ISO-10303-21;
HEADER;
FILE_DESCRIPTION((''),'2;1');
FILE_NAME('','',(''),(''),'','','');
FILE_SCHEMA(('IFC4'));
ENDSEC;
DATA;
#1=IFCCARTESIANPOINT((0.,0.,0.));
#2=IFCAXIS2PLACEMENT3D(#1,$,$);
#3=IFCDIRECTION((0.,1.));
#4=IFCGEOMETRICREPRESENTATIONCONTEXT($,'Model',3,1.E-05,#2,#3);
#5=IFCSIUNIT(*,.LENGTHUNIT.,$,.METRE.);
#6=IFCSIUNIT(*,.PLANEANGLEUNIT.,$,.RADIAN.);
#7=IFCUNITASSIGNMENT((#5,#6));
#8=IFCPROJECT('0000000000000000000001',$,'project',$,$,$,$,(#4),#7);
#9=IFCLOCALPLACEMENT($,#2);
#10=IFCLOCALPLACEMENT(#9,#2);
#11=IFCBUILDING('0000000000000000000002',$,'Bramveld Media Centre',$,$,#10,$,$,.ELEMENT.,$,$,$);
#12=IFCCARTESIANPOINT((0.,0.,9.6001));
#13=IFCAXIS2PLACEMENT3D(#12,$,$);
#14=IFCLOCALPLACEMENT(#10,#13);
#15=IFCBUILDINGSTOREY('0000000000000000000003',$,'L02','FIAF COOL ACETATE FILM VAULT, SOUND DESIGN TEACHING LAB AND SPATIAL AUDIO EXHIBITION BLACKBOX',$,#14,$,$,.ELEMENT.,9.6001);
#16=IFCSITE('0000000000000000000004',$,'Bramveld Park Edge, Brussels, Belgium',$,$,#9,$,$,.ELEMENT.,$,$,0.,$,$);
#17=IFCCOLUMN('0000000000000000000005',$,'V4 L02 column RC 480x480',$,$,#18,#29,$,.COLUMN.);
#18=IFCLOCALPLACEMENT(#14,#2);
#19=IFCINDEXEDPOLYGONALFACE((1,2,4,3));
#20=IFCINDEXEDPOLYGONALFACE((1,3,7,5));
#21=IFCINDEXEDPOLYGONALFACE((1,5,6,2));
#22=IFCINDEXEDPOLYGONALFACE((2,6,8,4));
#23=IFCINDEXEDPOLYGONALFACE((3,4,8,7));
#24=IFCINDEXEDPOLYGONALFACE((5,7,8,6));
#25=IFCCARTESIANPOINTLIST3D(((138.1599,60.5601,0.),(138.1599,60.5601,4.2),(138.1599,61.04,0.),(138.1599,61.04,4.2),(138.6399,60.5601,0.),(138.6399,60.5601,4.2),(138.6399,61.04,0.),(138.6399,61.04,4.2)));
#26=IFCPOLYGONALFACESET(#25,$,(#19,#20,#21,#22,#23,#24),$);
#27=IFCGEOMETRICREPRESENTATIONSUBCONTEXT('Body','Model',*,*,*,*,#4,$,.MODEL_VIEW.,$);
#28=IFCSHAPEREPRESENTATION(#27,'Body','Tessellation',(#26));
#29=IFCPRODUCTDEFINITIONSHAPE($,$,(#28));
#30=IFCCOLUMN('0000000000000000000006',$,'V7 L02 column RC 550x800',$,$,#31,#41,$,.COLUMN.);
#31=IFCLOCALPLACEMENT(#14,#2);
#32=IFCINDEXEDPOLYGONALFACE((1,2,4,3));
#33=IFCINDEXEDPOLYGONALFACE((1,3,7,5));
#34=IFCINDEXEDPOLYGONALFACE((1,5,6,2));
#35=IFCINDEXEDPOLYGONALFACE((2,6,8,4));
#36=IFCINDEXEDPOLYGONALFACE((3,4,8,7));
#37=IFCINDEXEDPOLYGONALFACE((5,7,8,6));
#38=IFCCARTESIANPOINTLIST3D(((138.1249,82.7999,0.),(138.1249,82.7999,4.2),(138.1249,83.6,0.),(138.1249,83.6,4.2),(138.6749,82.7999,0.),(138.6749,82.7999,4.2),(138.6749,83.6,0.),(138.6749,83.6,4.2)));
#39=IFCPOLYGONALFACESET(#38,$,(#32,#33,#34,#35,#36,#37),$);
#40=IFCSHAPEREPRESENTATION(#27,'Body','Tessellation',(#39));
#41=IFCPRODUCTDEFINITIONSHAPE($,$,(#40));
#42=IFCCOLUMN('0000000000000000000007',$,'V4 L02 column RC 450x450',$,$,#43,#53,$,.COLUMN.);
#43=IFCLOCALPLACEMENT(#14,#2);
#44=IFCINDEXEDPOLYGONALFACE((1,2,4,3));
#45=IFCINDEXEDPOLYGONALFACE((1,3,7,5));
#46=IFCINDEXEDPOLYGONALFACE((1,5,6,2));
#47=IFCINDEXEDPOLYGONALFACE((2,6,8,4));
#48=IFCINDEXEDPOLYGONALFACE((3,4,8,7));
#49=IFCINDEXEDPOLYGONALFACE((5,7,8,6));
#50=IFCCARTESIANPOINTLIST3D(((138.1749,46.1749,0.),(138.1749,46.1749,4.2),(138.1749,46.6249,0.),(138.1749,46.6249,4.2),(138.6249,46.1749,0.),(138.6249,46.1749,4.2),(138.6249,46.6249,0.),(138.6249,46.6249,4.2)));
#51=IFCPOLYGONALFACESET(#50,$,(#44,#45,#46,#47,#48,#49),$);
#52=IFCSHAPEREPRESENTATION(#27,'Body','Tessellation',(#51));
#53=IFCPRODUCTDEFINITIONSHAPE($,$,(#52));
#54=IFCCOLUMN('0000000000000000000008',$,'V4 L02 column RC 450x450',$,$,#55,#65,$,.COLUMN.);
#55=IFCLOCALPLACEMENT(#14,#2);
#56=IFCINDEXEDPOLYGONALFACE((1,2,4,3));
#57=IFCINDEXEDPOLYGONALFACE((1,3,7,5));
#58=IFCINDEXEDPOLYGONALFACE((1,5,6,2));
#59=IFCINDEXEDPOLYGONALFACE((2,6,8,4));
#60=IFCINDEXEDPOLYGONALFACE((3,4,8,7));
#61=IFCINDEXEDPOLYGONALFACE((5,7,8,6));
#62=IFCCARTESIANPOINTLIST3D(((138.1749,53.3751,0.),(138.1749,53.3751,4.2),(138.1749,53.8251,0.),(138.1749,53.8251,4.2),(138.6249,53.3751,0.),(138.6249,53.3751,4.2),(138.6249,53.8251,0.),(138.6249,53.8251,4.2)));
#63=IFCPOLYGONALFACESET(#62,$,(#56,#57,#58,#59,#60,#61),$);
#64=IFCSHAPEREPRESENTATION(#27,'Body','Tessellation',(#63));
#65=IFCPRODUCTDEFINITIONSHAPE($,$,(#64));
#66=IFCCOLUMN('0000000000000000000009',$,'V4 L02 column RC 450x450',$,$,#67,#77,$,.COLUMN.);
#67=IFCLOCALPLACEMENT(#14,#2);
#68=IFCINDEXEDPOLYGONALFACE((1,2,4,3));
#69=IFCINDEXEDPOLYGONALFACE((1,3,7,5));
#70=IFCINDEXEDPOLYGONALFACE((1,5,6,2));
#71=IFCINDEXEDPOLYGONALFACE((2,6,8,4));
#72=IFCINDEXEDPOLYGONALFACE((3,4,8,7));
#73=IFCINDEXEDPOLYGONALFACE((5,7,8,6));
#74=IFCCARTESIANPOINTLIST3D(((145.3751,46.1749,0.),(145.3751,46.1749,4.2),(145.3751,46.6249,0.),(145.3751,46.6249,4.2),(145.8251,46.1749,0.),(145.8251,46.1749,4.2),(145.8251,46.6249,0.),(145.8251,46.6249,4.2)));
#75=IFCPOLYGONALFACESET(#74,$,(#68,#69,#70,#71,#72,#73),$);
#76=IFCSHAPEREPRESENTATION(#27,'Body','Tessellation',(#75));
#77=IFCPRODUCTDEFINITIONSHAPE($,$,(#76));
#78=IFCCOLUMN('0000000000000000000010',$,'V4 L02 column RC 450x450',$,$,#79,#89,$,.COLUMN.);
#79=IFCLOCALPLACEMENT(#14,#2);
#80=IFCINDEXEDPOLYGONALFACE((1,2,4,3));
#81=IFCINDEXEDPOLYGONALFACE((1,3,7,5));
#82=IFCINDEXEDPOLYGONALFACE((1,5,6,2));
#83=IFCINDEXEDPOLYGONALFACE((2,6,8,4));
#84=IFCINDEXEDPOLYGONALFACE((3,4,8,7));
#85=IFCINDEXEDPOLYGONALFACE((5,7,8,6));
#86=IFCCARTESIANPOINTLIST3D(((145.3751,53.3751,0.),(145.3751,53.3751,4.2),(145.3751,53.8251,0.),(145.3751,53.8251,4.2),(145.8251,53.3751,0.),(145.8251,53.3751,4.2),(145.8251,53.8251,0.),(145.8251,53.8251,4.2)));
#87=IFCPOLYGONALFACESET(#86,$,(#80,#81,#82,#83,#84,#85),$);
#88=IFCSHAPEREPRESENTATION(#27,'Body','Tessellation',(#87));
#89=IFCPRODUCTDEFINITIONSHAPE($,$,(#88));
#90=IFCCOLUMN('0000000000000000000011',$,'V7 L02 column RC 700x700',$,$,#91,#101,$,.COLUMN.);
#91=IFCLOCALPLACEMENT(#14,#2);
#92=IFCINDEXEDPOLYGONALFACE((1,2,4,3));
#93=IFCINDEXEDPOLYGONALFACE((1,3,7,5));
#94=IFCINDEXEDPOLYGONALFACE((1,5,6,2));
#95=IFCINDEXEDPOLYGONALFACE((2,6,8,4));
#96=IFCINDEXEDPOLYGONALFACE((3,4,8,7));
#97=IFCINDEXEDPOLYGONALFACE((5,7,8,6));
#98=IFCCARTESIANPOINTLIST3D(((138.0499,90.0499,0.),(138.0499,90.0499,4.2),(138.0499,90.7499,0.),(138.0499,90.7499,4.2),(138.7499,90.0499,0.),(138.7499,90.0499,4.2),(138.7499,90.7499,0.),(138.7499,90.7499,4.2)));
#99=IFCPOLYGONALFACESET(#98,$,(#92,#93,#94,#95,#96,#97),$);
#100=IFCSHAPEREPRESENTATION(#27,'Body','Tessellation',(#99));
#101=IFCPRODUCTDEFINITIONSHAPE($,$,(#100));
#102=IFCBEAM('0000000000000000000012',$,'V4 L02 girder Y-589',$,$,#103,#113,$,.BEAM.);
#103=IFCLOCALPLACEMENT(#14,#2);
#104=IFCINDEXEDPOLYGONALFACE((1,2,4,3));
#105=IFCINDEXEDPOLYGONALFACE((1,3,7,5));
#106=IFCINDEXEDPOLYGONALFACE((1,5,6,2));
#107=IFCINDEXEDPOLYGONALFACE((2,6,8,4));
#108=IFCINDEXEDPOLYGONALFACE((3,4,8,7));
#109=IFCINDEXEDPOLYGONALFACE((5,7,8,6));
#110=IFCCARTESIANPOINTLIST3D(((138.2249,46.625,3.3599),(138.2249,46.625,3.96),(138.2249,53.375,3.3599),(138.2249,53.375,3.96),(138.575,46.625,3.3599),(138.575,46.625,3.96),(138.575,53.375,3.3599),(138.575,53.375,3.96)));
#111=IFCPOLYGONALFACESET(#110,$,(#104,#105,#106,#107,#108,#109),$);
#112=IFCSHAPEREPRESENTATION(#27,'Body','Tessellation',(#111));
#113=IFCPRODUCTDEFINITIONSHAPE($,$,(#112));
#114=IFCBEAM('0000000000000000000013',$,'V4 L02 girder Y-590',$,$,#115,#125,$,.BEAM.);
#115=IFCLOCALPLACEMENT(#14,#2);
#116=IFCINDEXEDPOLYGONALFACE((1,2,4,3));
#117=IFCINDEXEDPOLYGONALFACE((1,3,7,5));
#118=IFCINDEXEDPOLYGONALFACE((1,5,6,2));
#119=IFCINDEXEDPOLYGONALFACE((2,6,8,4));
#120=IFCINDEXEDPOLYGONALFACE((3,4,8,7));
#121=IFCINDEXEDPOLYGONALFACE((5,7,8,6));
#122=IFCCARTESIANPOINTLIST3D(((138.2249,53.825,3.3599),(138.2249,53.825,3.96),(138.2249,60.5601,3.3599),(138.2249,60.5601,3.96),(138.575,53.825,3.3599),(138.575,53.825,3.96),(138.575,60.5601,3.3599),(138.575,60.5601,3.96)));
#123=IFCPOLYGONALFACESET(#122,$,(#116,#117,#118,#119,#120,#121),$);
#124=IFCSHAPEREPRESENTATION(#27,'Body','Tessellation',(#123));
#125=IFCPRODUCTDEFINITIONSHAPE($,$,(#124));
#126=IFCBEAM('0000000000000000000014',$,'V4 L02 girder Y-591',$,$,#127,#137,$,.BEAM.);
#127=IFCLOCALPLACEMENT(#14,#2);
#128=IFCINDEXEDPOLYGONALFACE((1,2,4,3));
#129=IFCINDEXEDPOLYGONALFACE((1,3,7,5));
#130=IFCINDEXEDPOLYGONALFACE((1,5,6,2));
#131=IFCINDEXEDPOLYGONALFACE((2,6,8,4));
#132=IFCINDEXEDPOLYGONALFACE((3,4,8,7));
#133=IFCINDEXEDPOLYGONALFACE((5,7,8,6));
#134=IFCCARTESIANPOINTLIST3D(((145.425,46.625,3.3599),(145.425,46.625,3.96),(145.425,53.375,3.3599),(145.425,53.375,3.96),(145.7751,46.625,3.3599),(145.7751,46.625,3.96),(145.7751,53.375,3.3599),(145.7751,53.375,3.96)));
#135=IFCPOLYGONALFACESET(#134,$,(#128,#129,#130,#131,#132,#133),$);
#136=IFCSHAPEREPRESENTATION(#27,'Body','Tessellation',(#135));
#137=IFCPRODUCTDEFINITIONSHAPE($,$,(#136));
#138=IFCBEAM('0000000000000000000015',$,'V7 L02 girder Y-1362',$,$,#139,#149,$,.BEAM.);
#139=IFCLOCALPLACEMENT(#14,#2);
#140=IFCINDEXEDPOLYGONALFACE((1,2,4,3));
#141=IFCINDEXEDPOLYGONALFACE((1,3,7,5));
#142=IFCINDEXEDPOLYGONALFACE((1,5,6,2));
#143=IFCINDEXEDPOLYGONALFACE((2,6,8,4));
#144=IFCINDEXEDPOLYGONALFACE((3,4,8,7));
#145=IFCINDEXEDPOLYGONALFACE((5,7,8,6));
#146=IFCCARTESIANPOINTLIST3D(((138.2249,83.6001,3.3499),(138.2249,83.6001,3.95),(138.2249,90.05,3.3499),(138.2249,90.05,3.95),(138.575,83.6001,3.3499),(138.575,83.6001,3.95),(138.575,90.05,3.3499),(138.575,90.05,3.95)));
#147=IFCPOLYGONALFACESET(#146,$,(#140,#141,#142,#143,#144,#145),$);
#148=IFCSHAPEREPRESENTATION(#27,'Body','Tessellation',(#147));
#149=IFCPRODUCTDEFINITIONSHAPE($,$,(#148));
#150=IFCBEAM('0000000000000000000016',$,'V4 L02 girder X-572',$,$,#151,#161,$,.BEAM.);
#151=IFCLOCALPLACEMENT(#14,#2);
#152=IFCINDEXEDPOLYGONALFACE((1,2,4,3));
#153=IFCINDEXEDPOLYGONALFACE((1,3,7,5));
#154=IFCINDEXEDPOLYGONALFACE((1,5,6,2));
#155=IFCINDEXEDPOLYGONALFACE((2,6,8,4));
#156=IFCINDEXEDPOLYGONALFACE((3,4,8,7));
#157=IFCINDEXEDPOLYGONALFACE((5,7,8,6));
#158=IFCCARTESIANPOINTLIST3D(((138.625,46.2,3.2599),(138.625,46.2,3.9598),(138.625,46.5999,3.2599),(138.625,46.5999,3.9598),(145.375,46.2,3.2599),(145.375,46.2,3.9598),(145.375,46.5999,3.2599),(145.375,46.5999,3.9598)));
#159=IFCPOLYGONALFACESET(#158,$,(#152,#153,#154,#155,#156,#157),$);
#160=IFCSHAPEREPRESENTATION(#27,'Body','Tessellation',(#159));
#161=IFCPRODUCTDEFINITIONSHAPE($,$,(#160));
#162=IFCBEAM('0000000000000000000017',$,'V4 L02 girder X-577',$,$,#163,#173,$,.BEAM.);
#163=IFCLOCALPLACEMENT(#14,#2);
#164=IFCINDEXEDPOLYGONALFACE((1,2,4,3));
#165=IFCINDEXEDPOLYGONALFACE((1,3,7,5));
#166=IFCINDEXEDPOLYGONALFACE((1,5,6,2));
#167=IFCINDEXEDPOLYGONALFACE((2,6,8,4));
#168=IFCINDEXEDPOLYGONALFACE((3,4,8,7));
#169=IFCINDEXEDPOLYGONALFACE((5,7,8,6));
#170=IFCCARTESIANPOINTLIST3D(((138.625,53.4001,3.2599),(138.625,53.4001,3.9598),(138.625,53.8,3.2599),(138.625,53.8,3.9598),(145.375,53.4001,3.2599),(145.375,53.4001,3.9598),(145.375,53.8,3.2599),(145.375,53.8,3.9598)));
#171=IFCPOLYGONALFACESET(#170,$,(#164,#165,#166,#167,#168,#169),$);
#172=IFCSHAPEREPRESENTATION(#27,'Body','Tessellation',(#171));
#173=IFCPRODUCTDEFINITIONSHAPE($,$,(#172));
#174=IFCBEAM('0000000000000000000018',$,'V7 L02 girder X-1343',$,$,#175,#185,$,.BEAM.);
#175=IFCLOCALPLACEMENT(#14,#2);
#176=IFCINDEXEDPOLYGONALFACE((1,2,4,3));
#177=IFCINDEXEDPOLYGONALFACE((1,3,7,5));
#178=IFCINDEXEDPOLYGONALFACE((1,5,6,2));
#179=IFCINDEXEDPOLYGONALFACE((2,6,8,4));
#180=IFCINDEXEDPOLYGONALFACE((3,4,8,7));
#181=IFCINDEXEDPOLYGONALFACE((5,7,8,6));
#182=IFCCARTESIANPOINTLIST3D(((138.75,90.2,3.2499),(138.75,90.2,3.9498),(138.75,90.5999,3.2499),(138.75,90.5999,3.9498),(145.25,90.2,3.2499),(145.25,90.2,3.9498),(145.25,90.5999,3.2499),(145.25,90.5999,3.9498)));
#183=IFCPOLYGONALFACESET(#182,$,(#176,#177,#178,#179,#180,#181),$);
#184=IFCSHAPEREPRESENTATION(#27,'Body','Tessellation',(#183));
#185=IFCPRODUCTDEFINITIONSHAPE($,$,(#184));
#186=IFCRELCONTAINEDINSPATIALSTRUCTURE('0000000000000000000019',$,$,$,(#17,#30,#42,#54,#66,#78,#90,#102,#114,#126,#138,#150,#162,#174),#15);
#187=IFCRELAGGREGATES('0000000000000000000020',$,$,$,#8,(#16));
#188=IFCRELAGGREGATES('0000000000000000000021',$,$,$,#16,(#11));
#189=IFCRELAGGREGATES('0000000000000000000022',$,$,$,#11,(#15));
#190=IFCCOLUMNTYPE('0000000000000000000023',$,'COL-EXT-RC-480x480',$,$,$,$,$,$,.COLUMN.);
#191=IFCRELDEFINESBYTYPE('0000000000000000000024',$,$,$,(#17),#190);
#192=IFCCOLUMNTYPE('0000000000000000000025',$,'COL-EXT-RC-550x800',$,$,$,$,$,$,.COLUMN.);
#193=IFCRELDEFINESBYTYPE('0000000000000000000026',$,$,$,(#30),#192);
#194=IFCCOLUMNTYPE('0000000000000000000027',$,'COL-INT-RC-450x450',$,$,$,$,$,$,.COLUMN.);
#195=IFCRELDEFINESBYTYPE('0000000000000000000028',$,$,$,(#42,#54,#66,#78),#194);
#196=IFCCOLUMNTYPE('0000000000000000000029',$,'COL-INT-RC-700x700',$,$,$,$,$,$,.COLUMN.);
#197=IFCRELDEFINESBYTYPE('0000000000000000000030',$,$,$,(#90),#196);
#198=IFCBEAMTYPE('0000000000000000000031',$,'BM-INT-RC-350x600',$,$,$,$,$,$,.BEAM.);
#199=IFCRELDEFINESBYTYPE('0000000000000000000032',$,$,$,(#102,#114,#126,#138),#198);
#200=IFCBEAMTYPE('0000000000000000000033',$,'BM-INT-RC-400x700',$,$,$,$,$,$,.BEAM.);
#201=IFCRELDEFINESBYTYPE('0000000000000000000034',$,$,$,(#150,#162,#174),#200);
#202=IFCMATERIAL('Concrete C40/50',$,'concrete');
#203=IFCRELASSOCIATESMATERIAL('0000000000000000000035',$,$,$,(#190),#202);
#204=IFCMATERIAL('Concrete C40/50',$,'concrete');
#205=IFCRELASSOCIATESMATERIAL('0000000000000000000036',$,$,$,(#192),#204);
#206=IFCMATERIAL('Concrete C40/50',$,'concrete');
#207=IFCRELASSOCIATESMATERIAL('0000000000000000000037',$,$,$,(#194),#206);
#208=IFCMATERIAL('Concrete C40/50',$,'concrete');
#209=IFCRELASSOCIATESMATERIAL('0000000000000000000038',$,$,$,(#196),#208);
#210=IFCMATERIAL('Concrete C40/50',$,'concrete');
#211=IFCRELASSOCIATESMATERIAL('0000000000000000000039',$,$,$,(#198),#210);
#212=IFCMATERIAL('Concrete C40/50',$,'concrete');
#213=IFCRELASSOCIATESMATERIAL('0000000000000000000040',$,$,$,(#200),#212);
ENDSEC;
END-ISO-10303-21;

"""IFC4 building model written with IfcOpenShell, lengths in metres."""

from ifc_helpers import new_model, si_unit, direction, frame, origin, origin_2d, place, context, subcontext, project, spatial, rectangle, extrude, material, material_profile, profile_set, type_object, element, save


model = new_model("IFC4")

# Units and contexts
model_context = context("Model", 3, precision=1e-05, world=origin(), true_north=direction((0.0, 1.0)))
body_context = subcontext(model_context, "Body", "Model", "MODEL_VIEW")
ifc_project = project(units=[si_unit("LENGTHUNIT", "METRE"), si_unit("PLANEANGLEUNIT", "RADIAN")], contexts=[model_context])

# Site, building, storey
site_placement = place(None, origin())
site = spatial("IfcSite", under=ifc_project, at=site_placement, Name="Bramveld Park Edge, Brussels, Belgium", CompositionType="ELEMENT", RefElevation=0.0)
building_placement = place(site_placement, origin())
building = spatial("IfcBuilding", under=site, at=building_placement, Name="Bramveld Media Centre", CompositionType="ELEMENT")
storey_placement = place(building_placement, frame((0.0, 0.0, 9.6001)))
storey = spatial("IfcBuildingStorey", under=building, at=storey_placement, Name="L02", Description="FIAF COOL ACETATE FILM VAULT, SOUND DESIGN TEACHING LAB AND SPATIAL AUDIO EXHIBITION BLACKBOX", CompositionType="ELEMENT", Elevation=9.6001)

# Columns
ifc_material_1 = material(Name="Concrete C40/50", Category="concrete")
ifc_material_profile_1 = material_profile(ifc_material_1, rectangle(XDim=0.48, YDim=0.48, at=origin_2d()), Name="RC 480x480")
ifc_profile_set_1 = profile_set([ifc_material_profile_1], Name="Concrete C40/50")
column_type_1 = type_object("IfcColumnType", Name="COL-EXT-RC-480x480", PredefinedType="COLUMN", material=ifc_profile_set_1)
column_1_placement = place(storey_placement, frame((138.3999, 60.8, 0.0), z_axis=(0.0, 0.0, 1.0), x_axis=(1.0, 0.0, 0.0)))
element("IfcColumn", 1, at=column_1_placement, inside=storey, type_object=column_type_1, Name="V4 L02 column RC 480x480", PredefinedType="COLUMN", context=body_context, shape_type="SweptSolid", body=[
    extrude(rectangle(XDim=0.48, YDim=0.48, at=origin_2d()), origin(), (0.0, 0.0, 1.0), 4.2),
])
ifc_material_2 = material(Name="Concrete C40/50", Category="concrete")
ifc_material_profile_2 = material_profile(ifc_material_2, rectangle(XDim=0.55, YDim=0.8, at=origin_2d()), Name="RC 550x800")
ifc_profile_set_2 = profile_set([ifc_material_profile_2], Name="Concrete C40/50")
column_type_2 = type_object("IfcColumnType", Name="COL-EXT-RC-550x800", PredefinedType="COLUMN", material=ifc_profile_set_2)
column_2_placement = place(storey_placement, frame((138.3999, 83.2, 0.0), z_axis=(0.0, 0.0, 1.0), x_axis=(1.0, 0.0, 0.0)))
element("IfcColumn", 2, at=column_2_placement, inside=storey, type_object=column_type_2, Name="V7 L02 column RC 550x800", PredefinedType="COLUMN", context=body_context, shape_type="SweptSolid", body=[
    extrude(rectangle(XDim=0.55, YDim=0.8, at=origin_2d()), origin(), (0.0, 0.0, 1.0), 4.2),
])
ifc_material_3 = material(Name="Concrete C40/50", Category="concrete")
ifc_material_profile_3 = material_profile(ifc_material_3, rectangle(XDim=0.45, YDim=0.45, at=origin_2d()), Name="RC 450x450")
ifc_profile_set_3 = profile_set([ifc_material_profile_3], Name="Concrete C40/50")
column_type_3 = type_object("IfcColumnType", Name="COL-INT-RC-450x450", PredefinedType="COLUMN", material=ifc_profile_set_3)
for number, where, z_axis, x_axis, name in (
    (3, (138.3999, 46.3999, 0.0), (0.0, 0.0, 1.0), (1.0, 0.0, 0.0), "V4 L02 column RC 450x450"),
    (4, (138.3999, 53.6001, 0.0), (0.0, 0.0, 1.0), (1.0, 0.0, 0.0), "V4 L02 column RC 450x450"),
    (5, (145.6001, 46.3999, 0.0), (0.0, 0.0, 1.0), (1.0, 0.0, 0.0), "V4 L02 column RC 450x450"),
    (6, (145.6001, 53.6001, 0.0), (0.0, 0.0, 1.0), (1.0, 0.0, 0.0), "V4 L02 column RC 450x450"),
):
    element("IfcColumn", number, at=place(storey_placement, frame(where, z_axis=z_axis, x_axis=x_axis)), inside=storey, type_object=column_type_3, Name=name, PredefinedType="COLUMN", context=body_context, shape_type="SweptSolid", body=[
        extrude(rectangle(XDim=0.45, YDim=0.45, at=origin_2d()), origin(), (0.0, 0.0, 1.0), 4.2),
    ])
ifc_material_4 = material(Name="Concrete C40/50", Category="concrete")
ifc_material_profile_4 = material_profile(ifc_material_4, rectangle(XDim=0.7, YDim=0.7, at=origin_2d()), Name="RC 700x700")
ifc_profile_set_4 = profile_set([ifc_material_profile_4], Name="Concrete C40/50")
column_type_4 = type_object("IfcColumnType", Name="COL-INT-RC-700x700", PredefinedType="COLUMN", material=ifc_profile_set_4)
column_3_placement = place(storey_placement, frame((138.3999, 90.3999, 0.0), z_axis=(0.0, 0.0, 1.0), x_axis=(1.0, 0.0, 0.0)))
element("IfcColumn", 7, at=column_3_placement, inside=storey, type_object=column_type_4, Name="V7 L02 column RC 700x700", PredefinedType="COLUMN", context=body_context, shape_type="SweptSolid", body=[
    extrude(rectangle(XDim=0.7, YDim=0.7, at=origin_2d()), origin(), (0.0, 0.0, 1.0), 4.2),
])

# Beams
ifc_material_5 = material(Name="Concrete C40/50", Category="concrete")
ifc_material_profile_5 = material_profile(ifc_material_5, rectangle(XDim=0.3501, YDim=0.6001, at=origin_2d()), Name="RC 350x600")
ifc_profile_set_5 = profile_set([ifc_material_profile_5], Name="Concrete C40/50")
beam_type_1 = type_object("IfcBeamType", Name="BM-INT-RC-350x600", PredefinedType="BEAM", material=ifc_profile_set_5)
beam_1_placement = place(storey_placement, frame((138.3999, 46.625, 3.6599), z_axis=(0.0, 1.0, 0.0), x_axis=(-1.0, 0.0, 0.0)))
element("IfcBeam", 8, at=beam_1_placement, inside=storey, type_object=beam_type_1, Name="V4 L02 girder Y-589", PredefinedType="BEAM", context=body_context, shape_type="SweptSolid", body=[
    extrude(rectangle(XDim=0.3501, YDim=0.6001, at=origin_2d()), origin(), (0.0, 0.0, 1.0), 6.75),
])
beam_2_placement = place(storey_placement, frame((138.3999, 53.825, 3.6599), z_axis=(0.0, 1.0, 0.0), x_axis=(-1.0, 0.0, 0.0)))
element("IfcBeam", 9, at=beam_2_placement, inside=storey, type_object=beam_type_1, Name="V4 L02 girder Y-590", PredefinedType="BEAM", context=body_context, shape_type="SweptSolid", body=[
    extrude(rectangle(XDim=0.3501, YDim=0.6001, at=origin_2d()), origin(), (0.0, 0.0, 1.0), 6.7351),
])
beam_3_placement = place(storey_placement, frame((145.6001, 46.625, 3.6599), z_axis=(0.0, 1.0, 0.0), x_axis=(-1.0, 0.0, 0.0)))
element("IfcBeam", 10, at=beam_3_placement, inside=storey, type_object=beam_type_1, Name="V4 L02 girder Y-591", PredefinedType="BEAM", context=body_context, shape_type="SweptSolid", body=[
    extrude(rectangle(XDim=0.3501, YDim=0.6001, at=origin_2d()), origin(), (0.0, 0.0, 1.0), 6.75),
])
beam_4_placement = place(storey_placement, frame((138.3999, 83.6001, 3.6499), z_axis=(0.0, 1.0, 0.0), x_axis=(-1.0, 0.0, 0.0)))
element("IfcBeam", 11, at=beam_4_placement, inside=storey, type_object=beam_type_1, Name="V7 L02 girder Y-1362", PredefinedType="BEAM", context=body_context, shape_type="SweptSolid", body=[
    extrude(rectangle(XDim=0.3501, YDim=0.6001, at=origin_2d()), origin(), (0.0, 0.0, 1.0), 6.45),
])
ifc_material_6 = material(Name="Concrete C40/50", Category="concrete")
ifc_material_profile_6 = material_profile(ifc_material_6, rectangle(XDim=0.3999, YDim=0.7, at=origin_2d()), Name="RC 400x700")
ifc_profile_set_6 = profile_set([ifc_material_profile_6], Name="Concrete C40/50")
beam_type_2 = type_object("IfcBeamType", Name="BM-INT-RC-400x700", PredefinedType="BEAM", material=ifc_profile_set_6)
for number, where, z_axis, x_axis, name in (
    (12, (138.625, 46.3999, 3.6099), (1.0, 0.0, 0.0), (0.0, 1.0, 0.0), "V4 L02 girder X-572"),
    (13, (138.625, 53.6001, 3.6099), (1.0, 0.0, 0.0), (0.0, 1.0, 0.0), "V4 L02 girder X-577"),
):
    element("IfcBeam", number, at=place(storey_placement, frame(where, z_axis=z_axis, x_axis=x_axis)), inside=storey, type_object=beam_type_2, Name=name, PredefinedType="BEAM", context=body_context, shape_type="SweptSolid", body=[
        extrude(rectangle(XDim=0.3999, YDim=0.7, at=origin_2d()), origin(), (0.0, 0.0, 1.0), 6.75),
    ])
beam_5_placement = place(storey_placement, frame((138.75, 90.3999, 3.5999), z_axis=(1.0, 0.0, 0.0), x_axis=(0.0, 1.0, 0.0)))
element("IfcBeam", 14, at=beam_5_placement, inside=storey, type_object=beam_type_2, Name="V7 L02 girder X-1343", PredefinedType="BEAM", context=body_context, shape_type="SweptSolid", body=[
    extrude(rectangle(XDim=0.3999, YDim=0.7, at=origin_2d()), origin(), (0.0, 0.0, 1.0), 6.5),
])

save(model, "model.ifc")
